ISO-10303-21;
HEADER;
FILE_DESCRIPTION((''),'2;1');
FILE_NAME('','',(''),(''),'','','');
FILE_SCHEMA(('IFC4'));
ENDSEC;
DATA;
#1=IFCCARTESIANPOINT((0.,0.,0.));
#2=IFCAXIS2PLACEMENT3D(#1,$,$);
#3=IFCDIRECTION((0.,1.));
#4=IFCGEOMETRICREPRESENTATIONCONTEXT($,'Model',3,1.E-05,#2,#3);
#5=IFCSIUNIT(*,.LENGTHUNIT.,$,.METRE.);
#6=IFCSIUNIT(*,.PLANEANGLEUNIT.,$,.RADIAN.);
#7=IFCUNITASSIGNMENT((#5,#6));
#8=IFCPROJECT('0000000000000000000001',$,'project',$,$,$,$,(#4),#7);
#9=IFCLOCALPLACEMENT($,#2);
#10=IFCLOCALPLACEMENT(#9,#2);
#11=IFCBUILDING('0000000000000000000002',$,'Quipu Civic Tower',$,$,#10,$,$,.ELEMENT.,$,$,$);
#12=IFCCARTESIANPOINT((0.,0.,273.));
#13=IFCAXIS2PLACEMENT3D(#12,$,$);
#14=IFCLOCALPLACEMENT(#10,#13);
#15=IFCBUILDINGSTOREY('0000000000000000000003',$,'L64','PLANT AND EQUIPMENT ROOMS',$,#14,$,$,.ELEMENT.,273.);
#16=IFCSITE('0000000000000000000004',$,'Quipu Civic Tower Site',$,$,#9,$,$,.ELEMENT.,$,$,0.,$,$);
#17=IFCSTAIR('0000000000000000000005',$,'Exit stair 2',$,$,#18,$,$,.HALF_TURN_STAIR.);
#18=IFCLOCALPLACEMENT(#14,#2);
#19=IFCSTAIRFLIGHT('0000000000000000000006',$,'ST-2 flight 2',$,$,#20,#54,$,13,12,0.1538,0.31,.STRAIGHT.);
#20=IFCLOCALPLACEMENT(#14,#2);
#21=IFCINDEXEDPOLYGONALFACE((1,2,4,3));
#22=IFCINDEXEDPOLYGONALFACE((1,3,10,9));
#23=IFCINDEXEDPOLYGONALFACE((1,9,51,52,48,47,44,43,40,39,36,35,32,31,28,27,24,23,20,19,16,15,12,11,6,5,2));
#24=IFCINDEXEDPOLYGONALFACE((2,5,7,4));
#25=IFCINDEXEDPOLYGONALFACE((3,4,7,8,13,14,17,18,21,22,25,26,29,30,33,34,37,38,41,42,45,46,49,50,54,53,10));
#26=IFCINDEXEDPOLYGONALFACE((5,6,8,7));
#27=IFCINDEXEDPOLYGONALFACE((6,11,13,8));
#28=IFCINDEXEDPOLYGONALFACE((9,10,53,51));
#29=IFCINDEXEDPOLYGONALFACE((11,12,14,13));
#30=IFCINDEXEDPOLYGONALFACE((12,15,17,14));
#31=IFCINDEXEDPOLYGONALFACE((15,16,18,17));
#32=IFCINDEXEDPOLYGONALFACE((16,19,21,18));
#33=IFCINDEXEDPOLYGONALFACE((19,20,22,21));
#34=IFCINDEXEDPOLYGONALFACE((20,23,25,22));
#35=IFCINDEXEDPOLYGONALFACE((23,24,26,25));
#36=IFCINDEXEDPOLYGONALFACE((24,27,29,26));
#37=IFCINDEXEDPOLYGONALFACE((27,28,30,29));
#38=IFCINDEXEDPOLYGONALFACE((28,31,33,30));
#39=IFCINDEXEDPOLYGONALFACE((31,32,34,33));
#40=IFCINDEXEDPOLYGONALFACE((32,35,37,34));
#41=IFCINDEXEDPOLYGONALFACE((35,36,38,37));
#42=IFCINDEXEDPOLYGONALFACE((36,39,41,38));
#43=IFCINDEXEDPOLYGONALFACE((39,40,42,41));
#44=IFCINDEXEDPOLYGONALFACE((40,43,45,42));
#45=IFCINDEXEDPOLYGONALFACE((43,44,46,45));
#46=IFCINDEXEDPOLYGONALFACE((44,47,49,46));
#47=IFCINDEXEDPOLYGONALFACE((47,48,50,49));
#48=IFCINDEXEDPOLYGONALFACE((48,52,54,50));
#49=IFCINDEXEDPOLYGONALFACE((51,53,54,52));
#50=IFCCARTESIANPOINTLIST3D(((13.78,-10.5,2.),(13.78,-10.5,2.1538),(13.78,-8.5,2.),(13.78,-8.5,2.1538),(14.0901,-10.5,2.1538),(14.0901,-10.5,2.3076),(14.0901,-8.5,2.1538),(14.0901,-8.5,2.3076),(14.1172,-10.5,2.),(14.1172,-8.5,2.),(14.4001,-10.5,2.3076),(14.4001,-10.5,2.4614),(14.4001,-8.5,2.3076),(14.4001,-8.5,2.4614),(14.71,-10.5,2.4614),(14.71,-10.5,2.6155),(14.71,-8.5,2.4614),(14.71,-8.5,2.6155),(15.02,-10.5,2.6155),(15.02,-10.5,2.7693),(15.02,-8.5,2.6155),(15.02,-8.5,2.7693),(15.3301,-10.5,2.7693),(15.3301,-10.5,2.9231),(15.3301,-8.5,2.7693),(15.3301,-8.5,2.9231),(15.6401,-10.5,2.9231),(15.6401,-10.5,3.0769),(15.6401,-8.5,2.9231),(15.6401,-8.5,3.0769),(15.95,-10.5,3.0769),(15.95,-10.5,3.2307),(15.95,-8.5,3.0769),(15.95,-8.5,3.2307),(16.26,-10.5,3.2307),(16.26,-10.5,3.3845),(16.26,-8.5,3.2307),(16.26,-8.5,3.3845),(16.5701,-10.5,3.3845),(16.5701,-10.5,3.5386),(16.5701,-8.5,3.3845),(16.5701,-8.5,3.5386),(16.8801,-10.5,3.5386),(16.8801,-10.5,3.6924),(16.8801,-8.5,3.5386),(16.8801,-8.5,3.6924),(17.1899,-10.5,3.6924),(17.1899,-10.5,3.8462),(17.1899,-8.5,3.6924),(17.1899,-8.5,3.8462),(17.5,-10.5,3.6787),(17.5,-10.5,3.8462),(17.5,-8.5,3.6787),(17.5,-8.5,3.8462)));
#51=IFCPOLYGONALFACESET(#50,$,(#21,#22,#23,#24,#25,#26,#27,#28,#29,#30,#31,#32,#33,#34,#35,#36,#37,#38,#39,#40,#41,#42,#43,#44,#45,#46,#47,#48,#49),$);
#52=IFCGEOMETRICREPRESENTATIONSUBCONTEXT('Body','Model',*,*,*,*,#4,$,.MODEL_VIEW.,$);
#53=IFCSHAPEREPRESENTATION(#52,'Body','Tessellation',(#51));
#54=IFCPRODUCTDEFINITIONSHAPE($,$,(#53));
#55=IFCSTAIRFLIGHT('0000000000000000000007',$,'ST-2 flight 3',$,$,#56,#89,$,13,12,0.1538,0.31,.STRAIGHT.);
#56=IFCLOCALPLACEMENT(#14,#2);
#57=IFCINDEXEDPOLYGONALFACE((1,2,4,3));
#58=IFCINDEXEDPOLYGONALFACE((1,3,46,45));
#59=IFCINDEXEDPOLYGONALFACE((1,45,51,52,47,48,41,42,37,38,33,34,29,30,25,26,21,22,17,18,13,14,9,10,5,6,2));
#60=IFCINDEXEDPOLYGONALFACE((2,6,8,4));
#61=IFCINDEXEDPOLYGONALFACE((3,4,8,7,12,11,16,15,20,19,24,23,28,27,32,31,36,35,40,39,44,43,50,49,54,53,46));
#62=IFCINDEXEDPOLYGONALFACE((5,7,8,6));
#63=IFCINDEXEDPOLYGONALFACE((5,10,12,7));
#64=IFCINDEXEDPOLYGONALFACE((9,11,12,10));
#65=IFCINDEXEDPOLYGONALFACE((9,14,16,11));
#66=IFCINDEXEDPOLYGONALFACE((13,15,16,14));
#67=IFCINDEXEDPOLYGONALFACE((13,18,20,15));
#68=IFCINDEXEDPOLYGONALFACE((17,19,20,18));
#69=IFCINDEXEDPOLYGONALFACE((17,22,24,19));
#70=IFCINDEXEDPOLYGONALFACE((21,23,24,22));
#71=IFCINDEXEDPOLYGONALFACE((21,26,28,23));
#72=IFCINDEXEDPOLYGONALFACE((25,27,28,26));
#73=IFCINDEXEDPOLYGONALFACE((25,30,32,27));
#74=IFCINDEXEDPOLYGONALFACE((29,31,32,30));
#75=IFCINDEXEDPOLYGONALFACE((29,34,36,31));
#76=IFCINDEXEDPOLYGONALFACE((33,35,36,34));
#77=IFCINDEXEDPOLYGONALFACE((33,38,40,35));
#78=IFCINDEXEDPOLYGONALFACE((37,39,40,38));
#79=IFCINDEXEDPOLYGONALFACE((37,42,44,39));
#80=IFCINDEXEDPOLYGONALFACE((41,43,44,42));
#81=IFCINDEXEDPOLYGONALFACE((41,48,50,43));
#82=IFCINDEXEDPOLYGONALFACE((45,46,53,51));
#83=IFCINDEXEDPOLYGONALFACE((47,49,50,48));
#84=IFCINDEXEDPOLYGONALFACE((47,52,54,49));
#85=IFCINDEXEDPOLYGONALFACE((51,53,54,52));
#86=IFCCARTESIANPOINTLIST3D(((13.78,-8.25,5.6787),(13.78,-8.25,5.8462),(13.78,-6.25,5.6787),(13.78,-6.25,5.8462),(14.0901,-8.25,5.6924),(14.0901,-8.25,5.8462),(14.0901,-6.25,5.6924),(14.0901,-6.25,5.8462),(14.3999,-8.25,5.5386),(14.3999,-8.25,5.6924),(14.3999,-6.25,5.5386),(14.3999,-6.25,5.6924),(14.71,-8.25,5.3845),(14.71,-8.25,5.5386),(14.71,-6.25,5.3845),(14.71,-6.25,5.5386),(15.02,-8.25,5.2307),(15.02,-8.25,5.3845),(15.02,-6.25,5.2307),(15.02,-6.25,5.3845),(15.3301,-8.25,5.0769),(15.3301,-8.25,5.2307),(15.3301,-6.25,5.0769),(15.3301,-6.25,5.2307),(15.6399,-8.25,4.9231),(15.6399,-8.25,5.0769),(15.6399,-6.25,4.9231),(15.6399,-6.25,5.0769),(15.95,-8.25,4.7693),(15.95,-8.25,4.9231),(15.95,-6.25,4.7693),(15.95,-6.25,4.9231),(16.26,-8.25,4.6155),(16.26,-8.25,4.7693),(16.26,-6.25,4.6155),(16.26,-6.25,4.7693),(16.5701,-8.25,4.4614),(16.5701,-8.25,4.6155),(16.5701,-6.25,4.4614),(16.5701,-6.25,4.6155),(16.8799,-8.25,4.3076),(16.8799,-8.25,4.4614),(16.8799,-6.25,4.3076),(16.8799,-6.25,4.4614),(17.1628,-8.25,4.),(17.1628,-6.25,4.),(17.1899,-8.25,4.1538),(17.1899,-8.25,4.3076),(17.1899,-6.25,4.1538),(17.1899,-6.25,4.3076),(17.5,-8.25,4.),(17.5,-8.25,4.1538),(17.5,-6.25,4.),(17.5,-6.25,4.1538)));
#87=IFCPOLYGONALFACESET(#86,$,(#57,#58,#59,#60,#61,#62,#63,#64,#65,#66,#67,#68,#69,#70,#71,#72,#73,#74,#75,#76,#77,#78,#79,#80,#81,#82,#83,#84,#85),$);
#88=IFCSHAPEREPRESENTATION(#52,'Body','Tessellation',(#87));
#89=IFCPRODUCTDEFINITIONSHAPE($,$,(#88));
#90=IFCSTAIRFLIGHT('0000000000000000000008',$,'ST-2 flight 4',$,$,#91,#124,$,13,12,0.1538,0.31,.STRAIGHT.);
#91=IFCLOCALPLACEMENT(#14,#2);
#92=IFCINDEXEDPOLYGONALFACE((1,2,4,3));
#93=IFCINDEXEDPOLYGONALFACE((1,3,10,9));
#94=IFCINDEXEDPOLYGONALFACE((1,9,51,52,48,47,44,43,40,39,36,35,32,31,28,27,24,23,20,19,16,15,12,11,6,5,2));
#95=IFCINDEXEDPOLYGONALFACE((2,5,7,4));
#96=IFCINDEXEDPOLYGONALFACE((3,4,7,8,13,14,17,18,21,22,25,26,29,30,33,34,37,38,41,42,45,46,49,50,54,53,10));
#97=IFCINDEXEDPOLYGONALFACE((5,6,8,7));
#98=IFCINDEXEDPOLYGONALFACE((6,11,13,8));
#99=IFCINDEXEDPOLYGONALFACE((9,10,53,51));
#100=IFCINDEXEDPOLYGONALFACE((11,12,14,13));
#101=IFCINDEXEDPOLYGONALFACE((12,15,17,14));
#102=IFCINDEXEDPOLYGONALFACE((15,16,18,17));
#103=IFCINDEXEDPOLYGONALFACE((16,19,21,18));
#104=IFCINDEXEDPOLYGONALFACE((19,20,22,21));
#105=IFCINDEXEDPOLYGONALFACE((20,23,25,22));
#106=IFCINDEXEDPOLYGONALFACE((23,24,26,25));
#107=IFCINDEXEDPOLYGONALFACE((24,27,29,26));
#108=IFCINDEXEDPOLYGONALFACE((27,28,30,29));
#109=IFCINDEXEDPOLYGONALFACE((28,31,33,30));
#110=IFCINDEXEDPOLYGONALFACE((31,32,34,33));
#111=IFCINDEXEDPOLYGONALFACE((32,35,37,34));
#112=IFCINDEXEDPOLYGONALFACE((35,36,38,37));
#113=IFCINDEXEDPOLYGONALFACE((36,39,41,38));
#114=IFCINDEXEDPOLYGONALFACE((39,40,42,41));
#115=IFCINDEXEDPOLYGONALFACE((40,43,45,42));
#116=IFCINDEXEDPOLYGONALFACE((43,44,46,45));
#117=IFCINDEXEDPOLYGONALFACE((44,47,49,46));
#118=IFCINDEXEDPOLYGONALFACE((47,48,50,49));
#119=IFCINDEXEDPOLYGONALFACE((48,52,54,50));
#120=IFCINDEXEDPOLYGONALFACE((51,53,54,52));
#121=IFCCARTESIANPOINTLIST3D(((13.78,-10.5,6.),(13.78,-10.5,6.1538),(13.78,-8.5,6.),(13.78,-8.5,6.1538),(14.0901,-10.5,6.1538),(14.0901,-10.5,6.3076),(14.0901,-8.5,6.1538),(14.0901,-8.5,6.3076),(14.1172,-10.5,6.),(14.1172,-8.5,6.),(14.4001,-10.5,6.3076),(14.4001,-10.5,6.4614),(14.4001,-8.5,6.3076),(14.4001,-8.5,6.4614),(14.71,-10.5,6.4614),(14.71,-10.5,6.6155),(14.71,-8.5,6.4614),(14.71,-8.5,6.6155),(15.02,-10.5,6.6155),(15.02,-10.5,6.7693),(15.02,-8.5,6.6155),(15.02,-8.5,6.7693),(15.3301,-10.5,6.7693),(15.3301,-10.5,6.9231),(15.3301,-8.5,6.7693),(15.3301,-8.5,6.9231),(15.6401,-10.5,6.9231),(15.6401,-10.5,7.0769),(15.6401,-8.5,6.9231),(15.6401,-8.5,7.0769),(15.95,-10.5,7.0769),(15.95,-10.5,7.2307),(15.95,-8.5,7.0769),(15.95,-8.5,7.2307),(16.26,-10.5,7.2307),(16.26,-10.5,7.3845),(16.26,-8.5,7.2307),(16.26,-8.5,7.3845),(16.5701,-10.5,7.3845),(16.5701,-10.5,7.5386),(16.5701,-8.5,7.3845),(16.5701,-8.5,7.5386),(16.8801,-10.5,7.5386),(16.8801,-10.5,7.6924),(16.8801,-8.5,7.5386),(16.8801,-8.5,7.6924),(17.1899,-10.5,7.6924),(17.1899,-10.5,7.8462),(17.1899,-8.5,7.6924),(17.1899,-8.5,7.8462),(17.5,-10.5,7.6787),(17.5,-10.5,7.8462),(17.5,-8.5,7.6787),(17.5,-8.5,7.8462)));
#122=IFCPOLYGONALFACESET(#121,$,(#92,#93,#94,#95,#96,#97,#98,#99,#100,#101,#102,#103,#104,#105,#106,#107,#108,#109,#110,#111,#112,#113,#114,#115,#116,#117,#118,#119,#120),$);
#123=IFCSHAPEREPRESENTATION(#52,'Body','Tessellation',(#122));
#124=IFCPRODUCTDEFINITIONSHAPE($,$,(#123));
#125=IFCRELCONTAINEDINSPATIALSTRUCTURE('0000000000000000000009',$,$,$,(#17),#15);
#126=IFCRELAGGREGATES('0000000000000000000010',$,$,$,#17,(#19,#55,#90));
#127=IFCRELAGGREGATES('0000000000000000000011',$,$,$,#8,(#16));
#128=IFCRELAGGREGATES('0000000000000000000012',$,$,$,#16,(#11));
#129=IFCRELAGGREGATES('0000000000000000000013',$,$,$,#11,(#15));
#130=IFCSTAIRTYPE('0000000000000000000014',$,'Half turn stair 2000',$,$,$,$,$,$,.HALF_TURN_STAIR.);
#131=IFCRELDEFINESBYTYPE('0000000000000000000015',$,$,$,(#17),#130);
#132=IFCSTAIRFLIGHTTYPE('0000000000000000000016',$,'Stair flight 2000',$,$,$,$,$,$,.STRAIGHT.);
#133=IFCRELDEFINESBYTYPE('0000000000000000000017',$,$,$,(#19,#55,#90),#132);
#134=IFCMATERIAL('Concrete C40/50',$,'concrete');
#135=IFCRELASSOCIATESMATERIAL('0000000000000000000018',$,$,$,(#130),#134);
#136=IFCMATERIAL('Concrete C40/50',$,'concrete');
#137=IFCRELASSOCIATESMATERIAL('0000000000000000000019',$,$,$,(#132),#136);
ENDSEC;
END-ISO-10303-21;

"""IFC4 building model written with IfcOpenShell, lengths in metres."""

from ifc_helpers import new_model, si_unit, direction, frame, origin, place, context, subcontext, project, spatial, polyline, outline, extrude, material, type_object, element, aggregate, save


model = new_model("IFC4")

# Units and contexts
model_context = context("Model", 3, precision=1e-05, world=origin(), true_north=direction((0.0, 1.0)))
body_context = subcontext(model_context, "Body", "Model", "MODEL_VIEW")
ifc_project = project(units=[si_unit("LENGTHUNIT", "METRE"), si_unit("PLANEANGLEUNIT", "RADIAN")], contexts=[model_context])

# Site, building, storey
site_placement = place(None, origin())
site = spatial("IfcSite", under=ifc_project, at=site_placement, Name="Quipu Civic Tower Site", CompositionType="ELEMENT", RefElevation=0.0)
building_placement = place(site_placement, origin())
building = spatial("IfcBuilding", under=site, at=building_placement, Name="Quipu Civic Tower", CompositionType="ELEMENT")
storey_placement = place(building_placement, frame((0.0, 0.0, 273.0)))
storey = spatial("IfcBuildingStorey", under=building, at=storey_placement, Name="L64", Description="PLANT AND EQUIPMENT ROOMS", CompositionType="ELEMENT", Elevation=273.0)

# Stair, stair flights
ifc_material_1 = material(Name="Concrete C40/50", Category="concrete")
stair_type = type_object("IfcStairType", Name="Half turn stair 2000", PredefinedType="HALF_TURN_STAIR", material=ifc_material_1)
stair_placement = place(storey_placement, origin())
stair = element("IfcStair", 1, at=stair_placement, inside=storey, type_object=stair_type, Name="Exit stair 2", PredefinedType="HALF_TURN_STAIR")
ifc_material_2 = material(Name="Concrete C40/50", Category="concrete")
stair_flight_type = type_object("IfcStairFlightType", Name="Stair flight 2000", PredefinedType="STRAIGHT", material=ifc_material_2)
stair_flight_1_placement = place(storey_placement, frame((13.78, -9.5, 2.0), z_axis=(0.0, 0.0, 1.0), x_axis=(1.0, 0.0, 0.0)))
stair_flight_1 = element("IfcStairFlight", 2, at=stair_flight_1_placement, type_object=stair_flight_type, Name="ST-2 flight 2", NumberOfRisers=13, NumberOfTreads=12, PredefinedType="STRAIGHT", RiserHeight=0.1538, TreadLength=0.31, context=body_context, shape_type="SweptSolid", body=[
    extrude(outline(polyline([(0.0, 0.0), (0.0, 0.1538), (0.3101, 0.1538), (0.3101, 0.3076), (0.6201, 0.3076), (0.6201, 0.4614), (0.9299, 0.4614), (0.9299, 0.6155), (1.24, 0.6155), (1.24, 0.7693), (1.55, 0.7693), (1.55, 0.9231), (1.8601, 0.9231), (1.8601, 1.0769), (2.1699, 1.0769), (2.1699, 1.2307), (2.48, 1.2307), (2.48, 1.3845), (2.79, 1.3845), (2.79, 1.5386), (3.1001, 1.5386), (3.1001, 1.6924), (3.4099, 1.6924), (3.4099, 1.8462), (3.72, 1.8462), (3.72, 2.0), (3.72, 1.6787), (0.3372, 0.0), (0.0, 0.0)])), frame((0.0, 1.0, 0.0), z_axis=(0.0, -1.0, 0.0), x_axis=(1.0, 0.0, 0.0)), (0.0, 0.0, 1.0), 2.0),
])
stair_flight_2_placement = place(storey_placement, frame((17.5, -7.25, 4.0), z_axis=(0.0, 0.0, 1.0), x_axis=(-1.0, 0.0, 0.0)))
stair_flight_2 = element("IfcStairFlight", 3, at=stair_flight_2_placement, type_object=stair_flight_type, Name="ST-2 flight 3", NumberOfRisers=13, NumberOfTreads=12, PredefinedType="STRAIGHT", RiserHeight=0.1538, TreadLength=0.31, context=body_context, shape_type="SweptSolid", body=[
    extrude(outline(polyline([(0.0, 0.0), (0.0, 0.1538), (0.3101, 0.1538), (0.3101, 0.3076), (0.6201, 0.3076), (0.6201, 0.4614), (0.9299, 0.4614), (0.9299, 0.6155), (1.24, 0.6155), (1.24, 0.7693), (1.55, 0.7693), (1.55, 0.9231), (1.8601, 0.9231), (1.8601, 1.0769), (2.1699, 1.0769), (2.1699, 1.2307), (2.48, 1.2307), (2.48, 1.3845), (2.79, 1.3845), (2.79, 1.5386), (3.1001, 1.5386), (3.1001, 1.6924), (3.4099, 1.6924), (3.4099, 1.8462), (3.72, 1.8462), (3.72, 2.0), (3.72, 1.6787), (0.3372, 0.0), (0.0, 0.0)])), frame((0.0, 1.0, 0.0), z_axis=(0.0, -1.0, 0.0), x_axis=(1.0, 0.0, 0.0)), (0.0, 0.0, 1.0), 2.0),
])
stair_flight_3_placement = place(storey_placement, frame((13.78, -9.5, 6.0), z_axis=(0.0, 0.0, 1.0), x_axis=(1.0, 0.0, 0.0)))
stair_flight_3 = element("IfcStairFlight", 4, at=stair_flight_3_placement, type_object=stair_flight_type, Name="ST-2 flight 4", NumberOfRisers=13, NumberOfTreads=12, PredefinedType="STRAIGHT", RiserHeight=0.1538, TreadLength=0.31, context=body_context, shape_type="SweptSolid", body=[
    extrude(outline(polyline([(0.0, 0.0), (0.0, 0.1538), (0.3101, 0.1538), (0.3101, 0.3076), (0.6201, 0.3076), (0.6201, 0.4614), (0.9299, 0.4614), (0.9299, 0.6155), (1.24, 0.6155), (1.24, 0.7693), (1.55, 0.7693), (1.55, 0.9231), (1.8601, 0.9231), (1.8601, 1.0769), (2.1699, 1.0769), (2.1699, 1.2307), (2.48, 1.2307), (2.48, 1.3845), (2.79, 1.3845), (2.79, 1.5386), (3.1001, 1.5386), (3.1001, 1.6924), (3.4099, 1.6924), (3.4099, 1.8462), (3.72, 1.8462), (3.72, 2.0), (3.72, 1.6787), (0.3372, 0.0), (0.0, 0.0)])), frame((0.0, 1.0, 0.0), z_axis=(0.0, -1.0, 0.0), x_axis=(1.0, 0.0, 0.0)), (0.0, 0.0, 1.0), 2.0),
])
aggregate(stair, [stair_flight_1, stair_flight_2, stair_flight_3])

save(model, "model.ifc")
